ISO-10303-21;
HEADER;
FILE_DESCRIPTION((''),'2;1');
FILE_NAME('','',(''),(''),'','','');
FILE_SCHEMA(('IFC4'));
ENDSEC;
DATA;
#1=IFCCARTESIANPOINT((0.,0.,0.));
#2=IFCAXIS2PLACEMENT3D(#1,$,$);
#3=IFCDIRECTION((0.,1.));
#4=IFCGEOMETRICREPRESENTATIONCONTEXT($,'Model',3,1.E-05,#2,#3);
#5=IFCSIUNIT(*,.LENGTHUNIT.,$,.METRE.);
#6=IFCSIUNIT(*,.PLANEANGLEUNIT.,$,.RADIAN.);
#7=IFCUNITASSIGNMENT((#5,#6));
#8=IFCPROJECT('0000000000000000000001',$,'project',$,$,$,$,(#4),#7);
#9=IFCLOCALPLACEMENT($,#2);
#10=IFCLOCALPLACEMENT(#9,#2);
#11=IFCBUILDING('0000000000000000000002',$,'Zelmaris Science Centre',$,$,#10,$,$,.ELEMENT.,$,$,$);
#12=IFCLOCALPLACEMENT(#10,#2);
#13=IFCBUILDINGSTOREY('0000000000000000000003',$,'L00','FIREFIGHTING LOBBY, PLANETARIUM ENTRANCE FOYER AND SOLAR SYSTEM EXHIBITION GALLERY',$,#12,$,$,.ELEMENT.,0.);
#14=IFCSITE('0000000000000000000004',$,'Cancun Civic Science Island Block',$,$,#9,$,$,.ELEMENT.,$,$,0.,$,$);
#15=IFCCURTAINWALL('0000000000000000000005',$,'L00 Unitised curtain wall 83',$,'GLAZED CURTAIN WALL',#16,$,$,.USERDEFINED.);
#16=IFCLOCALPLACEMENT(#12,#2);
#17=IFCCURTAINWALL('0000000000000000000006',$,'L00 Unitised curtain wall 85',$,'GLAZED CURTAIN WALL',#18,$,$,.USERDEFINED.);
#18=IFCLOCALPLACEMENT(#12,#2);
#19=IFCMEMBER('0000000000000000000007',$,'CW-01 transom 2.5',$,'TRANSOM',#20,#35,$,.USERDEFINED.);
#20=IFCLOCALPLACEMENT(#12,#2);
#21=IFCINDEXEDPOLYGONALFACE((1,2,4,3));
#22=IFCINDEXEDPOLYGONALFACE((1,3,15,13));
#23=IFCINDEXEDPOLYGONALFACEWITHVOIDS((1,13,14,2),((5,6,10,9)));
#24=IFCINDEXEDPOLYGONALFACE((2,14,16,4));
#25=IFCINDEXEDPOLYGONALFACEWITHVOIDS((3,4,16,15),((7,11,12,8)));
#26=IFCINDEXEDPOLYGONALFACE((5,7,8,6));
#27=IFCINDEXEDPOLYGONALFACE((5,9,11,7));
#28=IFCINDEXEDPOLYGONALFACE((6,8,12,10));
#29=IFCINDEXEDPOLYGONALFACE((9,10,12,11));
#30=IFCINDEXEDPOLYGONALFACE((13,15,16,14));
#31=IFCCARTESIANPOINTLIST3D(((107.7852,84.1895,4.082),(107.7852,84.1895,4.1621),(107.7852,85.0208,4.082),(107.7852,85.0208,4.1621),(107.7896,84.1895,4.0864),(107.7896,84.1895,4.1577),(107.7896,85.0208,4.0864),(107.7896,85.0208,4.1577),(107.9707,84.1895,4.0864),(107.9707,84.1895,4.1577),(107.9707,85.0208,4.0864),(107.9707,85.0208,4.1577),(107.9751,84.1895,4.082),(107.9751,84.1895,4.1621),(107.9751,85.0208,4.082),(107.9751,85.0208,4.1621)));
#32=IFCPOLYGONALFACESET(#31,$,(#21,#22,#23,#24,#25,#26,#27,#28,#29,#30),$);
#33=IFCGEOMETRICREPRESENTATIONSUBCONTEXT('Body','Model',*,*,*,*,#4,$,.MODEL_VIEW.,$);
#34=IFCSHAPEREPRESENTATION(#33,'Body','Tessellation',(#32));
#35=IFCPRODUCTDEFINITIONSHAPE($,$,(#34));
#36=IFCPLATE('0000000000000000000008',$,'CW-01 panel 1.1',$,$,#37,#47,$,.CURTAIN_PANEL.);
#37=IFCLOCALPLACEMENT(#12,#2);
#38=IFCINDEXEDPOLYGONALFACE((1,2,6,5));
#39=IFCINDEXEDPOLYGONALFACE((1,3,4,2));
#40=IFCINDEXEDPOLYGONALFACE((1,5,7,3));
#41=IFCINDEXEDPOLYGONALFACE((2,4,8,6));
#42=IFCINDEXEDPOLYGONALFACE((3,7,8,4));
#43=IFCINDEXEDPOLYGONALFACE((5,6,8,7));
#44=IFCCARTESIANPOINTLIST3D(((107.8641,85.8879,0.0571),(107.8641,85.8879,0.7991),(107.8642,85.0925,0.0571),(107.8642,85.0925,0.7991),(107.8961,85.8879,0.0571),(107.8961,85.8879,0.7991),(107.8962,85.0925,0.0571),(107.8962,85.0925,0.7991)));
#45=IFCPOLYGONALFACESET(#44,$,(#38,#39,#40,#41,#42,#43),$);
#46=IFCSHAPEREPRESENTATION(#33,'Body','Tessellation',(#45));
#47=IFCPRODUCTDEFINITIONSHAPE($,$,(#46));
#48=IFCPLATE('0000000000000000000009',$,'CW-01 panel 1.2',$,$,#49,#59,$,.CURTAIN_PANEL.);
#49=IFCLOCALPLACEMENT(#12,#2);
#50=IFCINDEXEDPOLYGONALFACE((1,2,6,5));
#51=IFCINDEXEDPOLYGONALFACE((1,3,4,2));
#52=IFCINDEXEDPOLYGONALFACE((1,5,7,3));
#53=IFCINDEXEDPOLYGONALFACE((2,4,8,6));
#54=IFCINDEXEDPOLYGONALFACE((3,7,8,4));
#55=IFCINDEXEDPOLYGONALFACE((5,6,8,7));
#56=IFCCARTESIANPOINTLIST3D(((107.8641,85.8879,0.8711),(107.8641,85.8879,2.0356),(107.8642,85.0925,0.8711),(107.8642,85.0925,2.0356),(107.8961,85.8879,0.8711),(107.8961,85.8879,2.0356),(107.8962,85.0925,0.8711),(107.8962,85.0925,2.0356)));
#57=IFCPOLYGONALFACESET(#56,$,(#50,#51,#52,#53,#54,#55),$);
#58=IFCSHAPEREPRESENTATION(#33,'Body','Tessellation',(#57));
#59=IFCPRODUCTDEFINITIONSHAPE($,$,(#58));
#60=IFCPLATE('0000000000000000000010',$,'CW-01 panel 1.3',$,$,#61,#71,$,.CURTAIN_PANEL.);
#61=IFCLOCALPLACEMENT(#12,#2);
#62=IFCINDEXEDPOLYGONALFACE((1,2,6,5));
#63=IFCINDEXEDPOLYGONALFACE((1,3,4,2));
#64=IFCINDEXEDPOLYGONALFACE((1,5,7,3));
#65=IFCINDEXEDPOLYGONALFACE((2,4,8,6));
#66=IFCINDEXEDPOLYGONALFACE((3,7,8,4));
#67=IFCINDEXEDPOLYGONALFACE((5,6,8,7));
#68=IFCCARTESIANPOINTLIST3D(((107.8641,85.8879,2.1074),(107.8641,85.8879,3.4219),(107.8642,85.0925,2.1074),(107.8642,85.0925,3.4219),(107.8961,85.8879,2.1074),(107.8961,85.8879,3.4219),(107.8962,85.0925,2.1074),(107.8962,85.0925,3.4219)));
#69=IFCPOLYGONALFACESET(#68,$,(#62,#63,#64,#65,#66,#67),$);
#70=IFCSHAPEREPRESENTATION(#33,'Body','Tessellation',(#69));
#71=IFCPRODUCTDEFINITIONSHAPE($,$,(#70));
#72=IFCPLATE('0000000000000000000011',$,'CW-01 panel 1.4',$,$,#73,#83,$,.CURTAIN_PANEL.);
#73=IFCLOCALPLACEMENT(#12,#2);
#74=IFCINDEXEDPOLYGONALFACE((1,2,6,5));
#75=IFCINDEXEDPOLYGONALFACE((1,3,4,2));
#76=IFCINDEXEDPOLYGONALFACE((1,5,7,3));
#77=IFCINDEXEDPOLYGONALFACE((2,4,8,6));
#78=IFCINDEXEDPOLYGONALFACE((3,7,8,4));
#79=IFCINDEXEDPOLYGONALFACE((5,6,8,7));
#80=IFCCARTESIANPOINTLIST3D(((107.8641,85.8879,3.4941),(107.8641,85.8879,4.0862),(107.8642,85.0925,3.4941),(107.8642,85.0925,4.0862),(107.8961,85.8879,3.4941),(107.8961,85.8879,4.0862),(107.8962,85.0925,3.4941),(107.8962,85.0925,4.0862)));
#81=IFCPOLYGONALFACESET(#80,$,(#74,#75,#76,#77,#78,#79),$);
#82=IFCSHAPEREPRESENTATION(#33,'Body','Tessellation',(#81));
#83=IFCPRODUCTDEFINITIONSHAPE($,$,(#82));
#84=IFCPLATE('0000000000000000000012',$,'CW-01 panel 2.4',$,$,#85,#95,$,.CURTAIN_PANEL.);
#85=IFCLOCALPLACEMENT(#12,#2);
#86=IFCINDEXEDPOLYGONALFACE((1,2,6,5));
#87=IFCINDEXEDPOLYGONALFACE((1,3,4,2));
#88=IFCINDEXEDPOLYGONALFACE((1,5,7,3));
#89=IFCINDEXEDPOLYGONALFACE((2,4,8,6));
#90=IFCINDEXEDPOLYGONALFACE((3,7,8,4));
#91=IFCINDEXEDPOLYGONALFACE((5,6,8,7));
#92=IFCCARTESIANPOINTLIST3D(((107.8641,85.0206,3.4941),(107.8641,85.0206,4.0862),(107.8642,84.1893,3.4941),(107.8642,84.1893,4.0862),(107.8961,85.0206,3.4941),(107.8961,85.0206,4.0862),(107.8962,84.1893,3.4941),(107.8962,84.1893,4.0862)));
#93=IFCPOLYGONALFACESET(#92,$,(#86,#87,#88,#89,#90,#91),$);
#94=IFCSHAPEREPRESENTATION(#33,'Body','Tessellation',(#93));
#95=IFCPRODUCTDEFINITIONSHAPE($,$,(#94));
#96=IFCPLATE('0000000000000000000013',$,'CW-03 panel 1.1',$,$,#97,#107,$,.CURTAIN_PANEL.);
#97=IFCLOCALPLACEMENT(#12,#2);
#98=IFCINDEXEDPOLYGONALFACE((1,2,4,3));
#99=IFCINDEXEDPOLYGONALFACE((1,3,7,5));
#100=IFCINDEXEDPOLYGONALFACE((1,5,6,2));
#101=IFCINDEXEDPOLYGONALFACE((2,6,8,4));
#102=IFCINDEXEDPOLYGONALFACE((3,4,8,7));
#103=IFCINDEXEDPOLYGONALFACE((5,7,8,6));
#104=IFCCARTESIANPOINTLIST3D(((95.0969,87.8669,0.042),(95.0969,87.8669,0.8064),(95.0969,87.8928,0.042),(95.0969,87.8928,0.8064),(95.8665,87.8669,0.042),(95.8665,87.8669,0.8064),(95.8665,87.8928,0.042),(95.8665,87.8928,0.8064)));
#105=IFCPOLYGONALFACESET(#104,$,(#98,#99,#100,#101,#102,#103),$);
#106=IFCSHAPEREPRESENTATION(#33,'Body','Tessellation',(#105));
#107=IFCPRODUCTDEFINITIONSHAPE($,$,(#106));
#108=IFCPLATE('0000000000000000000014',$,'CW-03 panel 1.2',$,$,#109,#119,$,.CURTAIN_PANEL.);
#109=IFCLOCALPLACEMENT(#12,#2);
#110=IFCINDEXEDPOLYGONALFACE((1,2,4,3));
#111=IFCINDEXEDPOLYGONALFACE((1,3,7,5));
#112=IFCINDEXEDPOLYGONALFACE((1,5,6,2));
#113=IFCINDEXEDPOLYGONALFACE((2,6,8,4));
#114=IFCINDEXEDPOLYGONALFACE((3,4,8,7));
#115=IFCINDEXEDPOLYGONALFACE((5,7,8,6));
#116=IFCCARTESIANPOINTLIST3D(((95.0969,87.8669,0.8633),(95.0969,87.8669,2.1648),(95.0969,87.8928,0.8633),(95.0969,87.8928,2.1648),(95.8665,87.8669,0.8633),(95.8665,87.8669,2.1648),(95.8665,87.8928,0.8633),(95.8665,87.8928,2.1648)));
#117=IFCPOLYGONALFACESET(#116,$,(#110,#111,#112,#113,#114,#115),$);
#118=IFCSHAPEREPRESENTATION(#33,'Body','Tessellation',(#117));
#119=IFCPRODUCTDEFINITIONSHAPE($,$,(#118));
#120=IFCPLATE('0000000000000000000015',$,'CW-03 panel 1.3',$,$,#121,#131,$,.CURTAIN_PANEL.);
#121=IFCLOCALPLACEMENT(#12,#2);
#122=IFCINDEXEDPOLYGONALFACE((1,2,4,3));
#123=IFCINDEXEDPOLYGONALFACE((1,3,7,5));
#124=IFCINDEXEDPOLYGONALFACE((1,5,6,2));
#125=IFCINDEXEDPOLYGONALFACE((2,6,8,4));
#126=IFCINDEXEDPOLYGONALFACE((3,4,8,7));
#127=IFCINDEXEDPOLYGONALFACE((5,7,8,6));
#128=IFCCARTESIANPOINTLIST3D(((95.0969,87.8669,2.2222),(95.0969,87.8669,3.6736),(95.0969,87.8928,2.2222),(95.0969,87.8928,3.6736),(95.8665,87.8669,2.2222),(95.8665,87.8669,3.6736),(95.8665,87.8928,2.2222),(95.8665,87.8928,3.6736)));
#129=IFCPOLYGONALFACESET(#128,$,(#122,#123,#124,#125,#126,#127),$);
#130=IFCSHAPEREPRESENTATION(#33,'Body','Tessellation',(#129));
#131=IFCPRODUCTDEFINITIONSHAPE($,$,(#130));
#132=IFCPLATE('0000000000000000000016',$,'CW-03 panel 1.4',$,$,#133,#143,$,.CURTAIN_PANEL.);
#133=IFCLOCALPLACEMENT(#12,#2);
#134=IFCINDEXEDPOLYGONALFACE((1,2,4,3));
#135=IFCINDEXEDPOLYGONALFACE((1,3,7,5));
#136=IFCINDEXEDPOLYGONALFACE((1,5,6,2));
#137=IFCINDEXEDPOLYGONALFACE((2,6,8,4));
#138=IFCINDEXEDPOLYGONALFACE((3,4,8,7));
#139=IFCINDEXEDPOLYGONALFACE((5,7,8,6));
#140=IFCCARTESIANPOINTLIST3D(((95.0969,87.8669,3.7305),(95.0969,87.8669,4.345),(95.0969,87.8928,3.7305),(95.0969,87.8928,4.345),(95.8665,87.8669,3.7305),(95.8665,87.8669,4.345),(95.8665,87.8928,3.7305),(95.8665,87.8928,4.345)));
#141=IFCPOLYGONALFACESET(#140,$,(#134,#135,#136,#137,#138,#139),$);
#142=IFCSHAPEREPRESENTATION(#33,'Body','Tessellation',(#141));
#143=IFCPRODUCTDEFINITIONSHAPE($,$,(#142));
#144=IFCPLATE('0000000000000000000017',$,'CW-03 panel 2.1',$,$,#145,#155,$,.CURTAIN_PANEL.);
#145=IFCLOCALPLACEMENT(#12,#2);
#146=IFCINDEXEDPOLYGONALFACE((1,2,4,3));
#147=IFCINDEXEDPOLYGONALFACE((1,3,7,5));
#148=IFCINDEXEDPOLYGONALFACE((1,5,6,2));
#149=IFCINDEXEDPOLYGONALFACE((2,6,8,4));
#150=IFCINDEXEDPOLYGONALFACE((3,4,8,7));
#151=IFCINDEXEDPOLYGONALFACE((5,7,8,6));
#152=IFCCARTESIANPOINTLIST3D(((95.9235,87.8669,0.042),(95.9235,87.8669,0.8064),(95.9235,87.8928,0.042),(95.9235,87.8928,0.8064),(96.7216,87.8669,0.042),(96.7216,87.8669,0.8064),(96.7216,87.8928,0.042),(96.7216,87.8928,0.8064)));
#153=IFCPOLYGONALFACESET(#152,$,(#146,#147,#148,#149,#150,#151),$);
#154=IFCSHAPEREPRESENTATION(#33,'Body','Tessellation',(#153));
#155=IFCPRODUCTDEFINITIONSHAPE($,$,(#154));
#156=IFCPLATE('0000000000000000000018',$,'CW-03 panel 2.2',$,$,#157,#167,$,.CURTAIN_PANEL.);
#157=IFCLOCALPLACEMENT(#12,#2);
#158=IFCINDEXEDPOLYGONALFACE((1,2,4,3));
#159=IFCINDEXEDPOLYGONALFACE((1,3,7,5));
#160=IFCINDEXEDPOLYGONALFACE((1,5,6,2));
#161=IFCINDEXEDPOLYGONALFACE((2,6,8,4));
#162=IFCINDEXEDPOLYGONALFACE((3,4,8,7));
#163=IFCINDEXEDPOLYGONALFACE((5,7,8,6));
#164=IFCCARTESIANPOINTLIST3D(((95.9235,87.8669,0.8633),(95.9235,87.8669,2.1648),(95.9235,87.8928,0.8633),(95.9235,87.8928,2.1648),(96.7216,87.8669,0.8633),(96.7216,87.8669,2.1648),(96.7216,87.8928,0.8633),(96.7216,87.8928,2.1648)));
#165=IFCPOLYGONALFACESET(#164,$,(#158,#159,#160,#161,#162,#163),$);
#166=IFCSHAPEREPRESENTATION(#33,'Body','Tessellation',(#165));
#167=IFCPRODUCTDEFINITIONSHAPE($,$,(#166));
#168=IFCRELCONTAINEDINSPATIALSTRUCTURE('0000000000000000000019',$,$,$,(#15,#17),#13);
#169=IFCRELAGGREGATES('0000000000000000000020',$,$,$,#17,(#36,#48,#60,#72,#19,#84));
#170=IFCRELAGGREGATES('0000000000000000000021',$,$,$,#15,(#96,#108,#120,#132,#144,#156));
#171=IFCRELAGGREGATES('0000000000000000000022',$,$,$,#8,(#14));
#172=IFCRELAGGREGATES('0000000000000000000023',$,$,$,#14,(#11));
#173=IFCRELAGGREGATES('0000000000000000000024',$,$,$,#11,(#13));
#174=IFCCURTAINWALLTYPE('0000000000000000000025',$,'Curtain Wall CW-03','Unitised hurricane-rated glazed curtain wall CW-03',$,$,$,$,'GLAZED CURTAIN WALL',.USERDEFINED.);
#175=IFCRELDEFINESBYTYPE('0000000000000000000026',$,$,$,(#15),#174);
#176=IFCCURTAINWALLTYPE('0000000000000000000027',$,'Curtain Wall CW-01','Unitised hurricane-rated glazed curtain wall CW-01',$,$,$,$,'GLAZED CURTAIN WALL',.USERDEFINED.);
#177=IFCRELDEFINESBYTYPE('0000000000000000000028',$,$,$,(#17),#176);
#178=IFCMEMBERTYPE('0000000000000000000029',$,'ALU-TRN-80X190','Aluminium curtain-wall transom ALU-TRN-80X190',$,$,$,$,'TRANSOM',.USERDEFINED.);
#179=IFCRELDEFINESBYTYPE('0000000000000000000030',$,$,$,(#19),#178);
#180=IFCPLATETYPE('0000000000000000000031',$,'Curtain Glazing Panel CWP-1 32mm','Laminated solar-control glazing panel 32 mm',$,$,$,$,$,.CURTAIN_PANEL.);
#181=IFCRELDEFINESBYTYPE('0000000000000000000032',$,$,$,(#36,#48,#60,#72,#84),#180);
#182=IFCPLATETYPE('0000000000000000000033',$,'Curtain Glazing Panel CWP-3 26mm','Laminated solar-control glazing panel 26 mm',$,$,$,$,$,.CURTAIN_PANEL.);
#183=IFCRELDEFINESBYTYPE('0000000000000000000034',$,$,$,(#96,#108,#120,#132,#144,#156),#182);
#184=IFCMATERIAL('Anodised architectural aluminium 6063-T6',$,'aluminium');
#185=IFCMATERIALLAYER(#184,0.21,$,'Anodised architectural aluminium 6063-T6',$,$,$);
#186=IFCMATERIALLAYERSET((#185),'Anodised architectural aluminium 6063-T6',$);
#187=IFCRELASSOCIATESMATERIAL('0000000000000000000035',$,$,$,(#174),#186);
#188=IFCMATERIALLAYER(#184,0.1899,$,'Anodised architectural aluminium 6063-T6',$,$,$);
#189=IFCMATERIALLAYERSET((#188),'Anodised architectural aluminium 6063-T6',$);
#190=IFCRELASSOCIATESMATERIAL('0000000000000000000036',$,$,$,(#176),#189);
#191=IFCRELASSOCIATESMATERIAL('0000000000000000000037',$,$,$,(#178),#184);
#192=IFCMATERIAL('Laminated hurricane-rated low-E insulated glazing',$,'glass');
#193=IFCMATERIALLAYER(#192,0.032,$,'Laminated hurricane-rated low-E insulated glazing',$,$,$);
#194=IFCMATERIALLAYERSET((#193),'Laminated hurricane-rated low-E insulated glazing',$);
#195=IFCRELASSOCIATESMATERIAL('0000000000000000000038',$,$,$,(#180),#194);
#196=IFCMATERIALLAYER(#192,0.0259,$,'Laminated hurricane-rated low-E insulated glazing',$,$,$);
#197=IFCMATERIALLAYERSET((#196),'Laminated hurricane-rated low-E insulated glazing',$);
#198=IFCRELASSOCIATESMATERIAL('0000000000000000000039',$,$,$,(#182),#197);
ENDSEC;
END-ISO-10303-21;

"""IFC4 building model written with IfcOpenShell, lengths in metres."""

from ifc_helpers import new_model, si_unit, direction, frame, origin, origin_2d, place, context, subcontext, project, spatial, rectangle, hollow_rectangle, extrude, material, layer, layer_set, material_profile, profile_set, type_object, element, aggregate, save


model = new_model("IFC4")

# Units and contexts
model_context = context("Model", 3, precision=1e-05, world=origin(), true_north=direction((0.0, 1.0)))
body_context = subcontext(model_context, "Body", "Model", "MODEL_VIEW")
ifc_project = project(units=[si_unit("LENGTHUNIT", "METRE"), si_unit("PLANEANGLEUNIT", "RADIAN")], contexts=[model_context])

# Site, building, storey
site_placement = place(None, origin())
site = spatial("IfcSite", under=ifc_project, at=site_placement, Name="Cancun Civic Science Island Block", CompositionType="ELEMENT", RefElevation=0.0)
building_placement = place(site_placement, origin())
building = spatial("IfcBuilding", under=site, at=building_placement, Name="Zelmaris Science Centre", CompositionType="ELEMENT")
storey_placement = place(building_placement, origin())
storey = spatial("IfcBuildingStorey", under=building, at=storey_placement, Name="L00", Description="FIREFIGHTING LOBBY, PLANETARIUM ENTRANCE FOYER AND SOLAR SYSTEM EXHIBITION GALLERY", CompositionType="ELEMENT", Elevation=0.0)

# Curtain wall
ifc_material_1 = material(Name="Anodised architectural aluminium 6063-T6", Category="aluminium")
ifc_layer_1 = layer(ifc_material_1, 0.21, Name="Anodised architectural aluminium 6063-T6")
ifc_layer_set_1 = layer_set([ifc_layer_1], Name="Anodised architectural aluminium 6063-T6")
curtain_wall_type_1 = type_object("IfcCurtainWallType", Name="Curtain Wall CW-03", Description="Unitised hurricane-rated glazed curtain wall CW-03", ElementType="GLAZED CURTAIN WALL", PredefinedType="USERDEFINED", material=ifc_layer_set_1)
curtain_wall_1_placement = place(storey_placement, origin())
curtain_wall_1 = element("IfcCurtainWall", 1, at=curtain_wall_1_placement, inside=storey, type_object=curtain_wall_type_1, Name="L00 Unitised curtain wall 83", ObjectType="GLAZED CURTAIN WALL", PredefinedType="USERDEFINED")

# Curtain wall
ifc_layer_2 = layer(ifc_material_1, 0.1899, Name="Anodised architectural aluminium 6063-T6")
ifc_layer_set_2 = layer_set([ifc_layer_2], Name="Anodised architectural aluminium 6063-T6")
curtain_wall_type_2 = type_object("IfcCurtainWallType", Name="Curtain Wall CW-01", Description="Unitised hurricane-rated glazed curtain wall CW-01", ElementType="GLAZED CURTAIN WALL", PredefinedType="USERDEFINED", material=ifc_layer_set_2)
curtain_wall_2_placement = place(storey_placement, origin())
curtain_wall_2 = element("IfcCurtainWall", 2, at=curtain_wall_2_placement, inside=storey, type_object=curtain_wall_type_2, Name="L00 Unitised curtain wall 85", ObjectType="GLAZED CURTAIN WALL", PredefinedType="USERDEFINED")

# Member
ifc_material_profile_1 = material_profile(ifc_material_1, hollow_rectangle(XDim=0.0801, YDim=0.1899, WallThickness=0.0044, at=origin_2d()), Name="ALU-TRN-80X190")
ifc_profile_set_1 = profile_set([ifc_material_profile_1], Name="Anodised architectural aluminium 6063-T6")
member_type_1 = type_object("IfcMemberType", Name="ALU-TRN-80X190", Description="Aluminium curtain-wall transom ALU-TRN-80X190", ElementType="TRANSOM", PredefinedType="USERDEFINED", material=ifc_profile_set_1)
member_1_placement = place(storey_placement, frame((107.8801, 85.0208, 4.1221), z_axis=(0.0, -1.0, 0.0), x_axis=(0.0, 0.0, 1.0)))
member_1 = element("IfcMember", 3, at=member_1_placement, type_object=member_type_1, Name="CW-01 transom 2.5", ObjectType="TRANSOM", PredefinedType="USERDEFINED", context=body_context, shape_type="SweptSolid", body=[
    extrude(hollow_rectangle(XDim=0.0801, YDim=0.1899, WallThickness=0.0044, at=origin_2d()), origin(), (0.0, 0.0, 1.0), 0.8313),
])

# Plates
ifc_material_2 = material(Name="Laminated hurricane-rated low-E insulated glazing", Category="glass")
ifc_layer_3 = layer(ifc_material_2, 0.032, Name="Laminated hurricane-rated low-E insulated glazing")
ifc_layer_set_3 = layer_set([ifc_layer_3], Name="Laminated hurricane-rated low-E insulated glazing")
plate_type_1 = type_object("IfcPlateType", Name="Curtain Glazing Panel CWP-1 32mm", Description="Laminated solar-control glazing panel 32 mm", PredefinedType="CURTAIN_PANEL", material=ifc_layer_set_3)
plate_1_placement = place(storey_placement, frame((107.8801, 85.4902, 0.0571), z_axis=(0.0, 0.0, 1.0), x_axis=(0.000129, -1.0, 0.0)))
plate_1 = element("IfcPlate", 4, at=plate_1_placement, type_object=plate_type_1, Name="CW-01 panel 1.1", PredefinedType="CURTAIN_PANEL", context=body_context, shape_type="SweptSolid", body=[
    extrude(rectangle(XDim=0.7954, YDim=0.032, at=origin_2d()), origin(), (0.0, 0.0, 1.0), 0.7419),
])
plate_2_placement = place(storey_placement, frame((107.8801, 85.4902, 0.8711), z_axis=(0.0, 0.0, 1.0), x_axis=(0.000129, -1.0, 0.0)))
plate_2 = element("IfcPlate", 5, at=plate_2_placement, type_object=plate_type_1, Name="CW-01 panel 1.2", PredefinedType="CURTAIN_PANEL", context=body_context, shape_type="SweptSolid", body=[
    extrude(rectangle(XDim=0.7954, YDim=0.032, at=origin_2d()), origin(), (0.0, 0.0, 1.0), 1.1646),
])
plate_3_placement = place(storey_placement, frame((107.8801, 85.4902, 2.1074), z_axis=(0.0, 0.0, 1.0), x_axis=(0.000129, -1.0, 0.0)))
plate_3 = element("IfcPlate", 6, at=plate_3_placement, type_object=plate_type_1, Name="CW-01 panel 1.3", PredefinedType="CURTAIN_PANEL", context=body_context, shape_type="SweptSolid", body=[
    extrude(rectangle(XDim=0.7954, YDim=0.032, at=origin_2d()), origin(), (0.0, 0.0, 1.0), 1.3145),
])
plate_4_placement = place(storey_placement, frame((107.8801, 85.4902, 3.4941), z_axis=(0.0, 0.0, 1.0), x_axis=(0.000129, -1.0, 0.0)))
plate_4 = element("IfcPlate", 7, at=plate_4_placement, type_object=plate_type_1, Name="CW-01 panel 1.4", PredefinedType="CURTAIN_PANEL", context=body_context, shape_type="SweptSolid", body=[
    extrude(rectangle(XDim=0.7954, YDim=0.032, at=origin_2d()), origin(), (0.0, 0.0, 1.0), 0.592),
])
plate_5_placement = place(storey_placement, frame((107.8801, 84.605, 3.4941), z_axis=(0.0, 0.0, 1.0), x_axis=(0.000129, -1.0, 0.0)))
plate_5 = element("IfcPlate", 8, at=plate_5_placement, type_object=plate_type_1, Name="CW-01 panel 2.4", PredefinedType="CURTAIN_PANEL", context=body_context, shape_type="SweptSolid", body=[
    extrude(rectangle(XDim=0.8313, YDim=0.032, at=origin_2d()), origin(), (0.0, 0.0, 1.0), 0.592),
])
aggregate(curtain_wall_2, [plate_1, plate_2, plate_3, plate_4, member_1, plate_5])
ifc_layer_4 = layer(ifc_material_2, 0.0259, Name="Laminated hurricane-rated low-E insulated glazing")
ifc_layer_set_4 = layer_set([ifc_layer_4], Name="Laminated hurricane-rated low-E insulated glazing")
plate_type_2 = type_object("IfcPlateType", Name="Curtain Glazing Panel CWP-3 26mm", Description="Laminated solar-control glazing panel 26 mm", PredefinedType="CURTAIN_PANEL", material=ifc_layer_set_4)
plate_6_placement = place(storey_placement, frame((95.4817, 87.8799, 0.042), z_axis=(0.0, 0.0, 1.0), x_axis=(1.0, 0.0, 0.0)))
plate_6 = element("IfcPlate", 9, at=plate_6_placement, type_object=plate_type_2, Name="CW-03 panel 1.1", PredefinedType="CURTAIN_PANEL", context=body_context, shape_type="SweptSolid", body=[
    extrude(rectangle(XDim=0.7695, YDim=0.0259, at=origin_2d()), origin(), (0.0, 0.0, 1.0), 0.7644),
])
plate_7_placement = place(storey_placement, frame((95.4817, 87.8799, 0.8633), z_axis=(0.0, 0.0, 1.0), x_axis=(1.0, 0.0, 0.0)))
plate_7 = element("IfcPlate", 10, at=plate_7_placement, type_object=plate_type_2, Name="CW-03 panel 1.2", PredefinedType="CURTAIN_PANEL", context=body_context, shape_type="SweptSolid", body=[
    extrude(rectangle(XDim=0.7695, YDim=0.0259, at=origin_2d()), origin(), (0.0, 0.0, 1.0), 1.3015),
])
plate_8_placement = place(storey_placement, frame((95.4817, 87.8799, 2.2222), z_axis=(0.0, 0.0, 1.0), x_axis=(1.0, 0.0, 0.0)))
plate_8 = element("IfcPlate", 11, at=plate_8_placement, type_object=plate_type_2, Name="CW-03 panel 1.3", PredefinedType="CURTAIN_PANEL", context=body_context, shape_type="SweptSolid", body=[
    extrude(rectangle(XDim=0.7695, YDim=0.0259, at=origin_2d()), origin(), (0.0, 0.0, 1.0), 1.4514),
])
plate_9_placement = place(storey_placement, frame((95.4817, 87.8799, 3.7305), z_axis=(0.0, 0.0, 1.0), x_axis=(1.0, 0.0, 0.0)))
plate_9 = element("IfcPlate", 12, at=plate_9_placement, type_object=plate_type_2, Name="CW-03 panel 1.4", PredefinedType="CURTAIN_PANEL", context=body_context, shape_type="SweptSolid", body=[
    extrude(rectangle(XDim=0.7695, YDim=0.0259, at=origin_2d()), origin(), (0.0, 0.0, 1.0), 0.6145),
])
plate_10_placement = place(storey_placement, frame((96.3225, 87.8799, 0.042), z_axis=(0.0, 0.0, 1.0), x_axis=(1.0, 0.0, 0.0)))
plate_10 = element("IfcPlate", 13, at=plate_10_placement, type_object=plate_type_2, Name="CW-03 panel 2.1", PredefinedType="CURTAIN_PANEL", context=body_context, shape_type="SweptSolid", body=[
    extrude(rectangle(XDim=0.7981, YDim=0.0259, at=origin_2d()), origin(), (0.0, 0.0, 1.0), 0.7644),
])
plate_11_placement = place(storey_placement, frame((96.3225, 87.8799, 0.8633), z_axis=(0.0, 0.0, 1.0), x_axis=(1.0, 0.0, 0.0)))
plate_11 = element("IfcPlate", 14, at=plate_11_placement, type_object=plate_type_2, Name="CW-03 panel 2.2", PredefinedType="CURTAIN_PANEL", context=body_context, shape_type="SweptSolid", body=[
    extrude(rectangle(XDim=0.7981, YDim=0.0259, at=origin_2d()), origin(), (0.0, 0.0, 1.0), 1.3015),
])
aggregate(curtain_wall_1, [plate_6, plate_7, plate_8, plate_9, plate_10, plate_11])

save(model, "model.ifc")
